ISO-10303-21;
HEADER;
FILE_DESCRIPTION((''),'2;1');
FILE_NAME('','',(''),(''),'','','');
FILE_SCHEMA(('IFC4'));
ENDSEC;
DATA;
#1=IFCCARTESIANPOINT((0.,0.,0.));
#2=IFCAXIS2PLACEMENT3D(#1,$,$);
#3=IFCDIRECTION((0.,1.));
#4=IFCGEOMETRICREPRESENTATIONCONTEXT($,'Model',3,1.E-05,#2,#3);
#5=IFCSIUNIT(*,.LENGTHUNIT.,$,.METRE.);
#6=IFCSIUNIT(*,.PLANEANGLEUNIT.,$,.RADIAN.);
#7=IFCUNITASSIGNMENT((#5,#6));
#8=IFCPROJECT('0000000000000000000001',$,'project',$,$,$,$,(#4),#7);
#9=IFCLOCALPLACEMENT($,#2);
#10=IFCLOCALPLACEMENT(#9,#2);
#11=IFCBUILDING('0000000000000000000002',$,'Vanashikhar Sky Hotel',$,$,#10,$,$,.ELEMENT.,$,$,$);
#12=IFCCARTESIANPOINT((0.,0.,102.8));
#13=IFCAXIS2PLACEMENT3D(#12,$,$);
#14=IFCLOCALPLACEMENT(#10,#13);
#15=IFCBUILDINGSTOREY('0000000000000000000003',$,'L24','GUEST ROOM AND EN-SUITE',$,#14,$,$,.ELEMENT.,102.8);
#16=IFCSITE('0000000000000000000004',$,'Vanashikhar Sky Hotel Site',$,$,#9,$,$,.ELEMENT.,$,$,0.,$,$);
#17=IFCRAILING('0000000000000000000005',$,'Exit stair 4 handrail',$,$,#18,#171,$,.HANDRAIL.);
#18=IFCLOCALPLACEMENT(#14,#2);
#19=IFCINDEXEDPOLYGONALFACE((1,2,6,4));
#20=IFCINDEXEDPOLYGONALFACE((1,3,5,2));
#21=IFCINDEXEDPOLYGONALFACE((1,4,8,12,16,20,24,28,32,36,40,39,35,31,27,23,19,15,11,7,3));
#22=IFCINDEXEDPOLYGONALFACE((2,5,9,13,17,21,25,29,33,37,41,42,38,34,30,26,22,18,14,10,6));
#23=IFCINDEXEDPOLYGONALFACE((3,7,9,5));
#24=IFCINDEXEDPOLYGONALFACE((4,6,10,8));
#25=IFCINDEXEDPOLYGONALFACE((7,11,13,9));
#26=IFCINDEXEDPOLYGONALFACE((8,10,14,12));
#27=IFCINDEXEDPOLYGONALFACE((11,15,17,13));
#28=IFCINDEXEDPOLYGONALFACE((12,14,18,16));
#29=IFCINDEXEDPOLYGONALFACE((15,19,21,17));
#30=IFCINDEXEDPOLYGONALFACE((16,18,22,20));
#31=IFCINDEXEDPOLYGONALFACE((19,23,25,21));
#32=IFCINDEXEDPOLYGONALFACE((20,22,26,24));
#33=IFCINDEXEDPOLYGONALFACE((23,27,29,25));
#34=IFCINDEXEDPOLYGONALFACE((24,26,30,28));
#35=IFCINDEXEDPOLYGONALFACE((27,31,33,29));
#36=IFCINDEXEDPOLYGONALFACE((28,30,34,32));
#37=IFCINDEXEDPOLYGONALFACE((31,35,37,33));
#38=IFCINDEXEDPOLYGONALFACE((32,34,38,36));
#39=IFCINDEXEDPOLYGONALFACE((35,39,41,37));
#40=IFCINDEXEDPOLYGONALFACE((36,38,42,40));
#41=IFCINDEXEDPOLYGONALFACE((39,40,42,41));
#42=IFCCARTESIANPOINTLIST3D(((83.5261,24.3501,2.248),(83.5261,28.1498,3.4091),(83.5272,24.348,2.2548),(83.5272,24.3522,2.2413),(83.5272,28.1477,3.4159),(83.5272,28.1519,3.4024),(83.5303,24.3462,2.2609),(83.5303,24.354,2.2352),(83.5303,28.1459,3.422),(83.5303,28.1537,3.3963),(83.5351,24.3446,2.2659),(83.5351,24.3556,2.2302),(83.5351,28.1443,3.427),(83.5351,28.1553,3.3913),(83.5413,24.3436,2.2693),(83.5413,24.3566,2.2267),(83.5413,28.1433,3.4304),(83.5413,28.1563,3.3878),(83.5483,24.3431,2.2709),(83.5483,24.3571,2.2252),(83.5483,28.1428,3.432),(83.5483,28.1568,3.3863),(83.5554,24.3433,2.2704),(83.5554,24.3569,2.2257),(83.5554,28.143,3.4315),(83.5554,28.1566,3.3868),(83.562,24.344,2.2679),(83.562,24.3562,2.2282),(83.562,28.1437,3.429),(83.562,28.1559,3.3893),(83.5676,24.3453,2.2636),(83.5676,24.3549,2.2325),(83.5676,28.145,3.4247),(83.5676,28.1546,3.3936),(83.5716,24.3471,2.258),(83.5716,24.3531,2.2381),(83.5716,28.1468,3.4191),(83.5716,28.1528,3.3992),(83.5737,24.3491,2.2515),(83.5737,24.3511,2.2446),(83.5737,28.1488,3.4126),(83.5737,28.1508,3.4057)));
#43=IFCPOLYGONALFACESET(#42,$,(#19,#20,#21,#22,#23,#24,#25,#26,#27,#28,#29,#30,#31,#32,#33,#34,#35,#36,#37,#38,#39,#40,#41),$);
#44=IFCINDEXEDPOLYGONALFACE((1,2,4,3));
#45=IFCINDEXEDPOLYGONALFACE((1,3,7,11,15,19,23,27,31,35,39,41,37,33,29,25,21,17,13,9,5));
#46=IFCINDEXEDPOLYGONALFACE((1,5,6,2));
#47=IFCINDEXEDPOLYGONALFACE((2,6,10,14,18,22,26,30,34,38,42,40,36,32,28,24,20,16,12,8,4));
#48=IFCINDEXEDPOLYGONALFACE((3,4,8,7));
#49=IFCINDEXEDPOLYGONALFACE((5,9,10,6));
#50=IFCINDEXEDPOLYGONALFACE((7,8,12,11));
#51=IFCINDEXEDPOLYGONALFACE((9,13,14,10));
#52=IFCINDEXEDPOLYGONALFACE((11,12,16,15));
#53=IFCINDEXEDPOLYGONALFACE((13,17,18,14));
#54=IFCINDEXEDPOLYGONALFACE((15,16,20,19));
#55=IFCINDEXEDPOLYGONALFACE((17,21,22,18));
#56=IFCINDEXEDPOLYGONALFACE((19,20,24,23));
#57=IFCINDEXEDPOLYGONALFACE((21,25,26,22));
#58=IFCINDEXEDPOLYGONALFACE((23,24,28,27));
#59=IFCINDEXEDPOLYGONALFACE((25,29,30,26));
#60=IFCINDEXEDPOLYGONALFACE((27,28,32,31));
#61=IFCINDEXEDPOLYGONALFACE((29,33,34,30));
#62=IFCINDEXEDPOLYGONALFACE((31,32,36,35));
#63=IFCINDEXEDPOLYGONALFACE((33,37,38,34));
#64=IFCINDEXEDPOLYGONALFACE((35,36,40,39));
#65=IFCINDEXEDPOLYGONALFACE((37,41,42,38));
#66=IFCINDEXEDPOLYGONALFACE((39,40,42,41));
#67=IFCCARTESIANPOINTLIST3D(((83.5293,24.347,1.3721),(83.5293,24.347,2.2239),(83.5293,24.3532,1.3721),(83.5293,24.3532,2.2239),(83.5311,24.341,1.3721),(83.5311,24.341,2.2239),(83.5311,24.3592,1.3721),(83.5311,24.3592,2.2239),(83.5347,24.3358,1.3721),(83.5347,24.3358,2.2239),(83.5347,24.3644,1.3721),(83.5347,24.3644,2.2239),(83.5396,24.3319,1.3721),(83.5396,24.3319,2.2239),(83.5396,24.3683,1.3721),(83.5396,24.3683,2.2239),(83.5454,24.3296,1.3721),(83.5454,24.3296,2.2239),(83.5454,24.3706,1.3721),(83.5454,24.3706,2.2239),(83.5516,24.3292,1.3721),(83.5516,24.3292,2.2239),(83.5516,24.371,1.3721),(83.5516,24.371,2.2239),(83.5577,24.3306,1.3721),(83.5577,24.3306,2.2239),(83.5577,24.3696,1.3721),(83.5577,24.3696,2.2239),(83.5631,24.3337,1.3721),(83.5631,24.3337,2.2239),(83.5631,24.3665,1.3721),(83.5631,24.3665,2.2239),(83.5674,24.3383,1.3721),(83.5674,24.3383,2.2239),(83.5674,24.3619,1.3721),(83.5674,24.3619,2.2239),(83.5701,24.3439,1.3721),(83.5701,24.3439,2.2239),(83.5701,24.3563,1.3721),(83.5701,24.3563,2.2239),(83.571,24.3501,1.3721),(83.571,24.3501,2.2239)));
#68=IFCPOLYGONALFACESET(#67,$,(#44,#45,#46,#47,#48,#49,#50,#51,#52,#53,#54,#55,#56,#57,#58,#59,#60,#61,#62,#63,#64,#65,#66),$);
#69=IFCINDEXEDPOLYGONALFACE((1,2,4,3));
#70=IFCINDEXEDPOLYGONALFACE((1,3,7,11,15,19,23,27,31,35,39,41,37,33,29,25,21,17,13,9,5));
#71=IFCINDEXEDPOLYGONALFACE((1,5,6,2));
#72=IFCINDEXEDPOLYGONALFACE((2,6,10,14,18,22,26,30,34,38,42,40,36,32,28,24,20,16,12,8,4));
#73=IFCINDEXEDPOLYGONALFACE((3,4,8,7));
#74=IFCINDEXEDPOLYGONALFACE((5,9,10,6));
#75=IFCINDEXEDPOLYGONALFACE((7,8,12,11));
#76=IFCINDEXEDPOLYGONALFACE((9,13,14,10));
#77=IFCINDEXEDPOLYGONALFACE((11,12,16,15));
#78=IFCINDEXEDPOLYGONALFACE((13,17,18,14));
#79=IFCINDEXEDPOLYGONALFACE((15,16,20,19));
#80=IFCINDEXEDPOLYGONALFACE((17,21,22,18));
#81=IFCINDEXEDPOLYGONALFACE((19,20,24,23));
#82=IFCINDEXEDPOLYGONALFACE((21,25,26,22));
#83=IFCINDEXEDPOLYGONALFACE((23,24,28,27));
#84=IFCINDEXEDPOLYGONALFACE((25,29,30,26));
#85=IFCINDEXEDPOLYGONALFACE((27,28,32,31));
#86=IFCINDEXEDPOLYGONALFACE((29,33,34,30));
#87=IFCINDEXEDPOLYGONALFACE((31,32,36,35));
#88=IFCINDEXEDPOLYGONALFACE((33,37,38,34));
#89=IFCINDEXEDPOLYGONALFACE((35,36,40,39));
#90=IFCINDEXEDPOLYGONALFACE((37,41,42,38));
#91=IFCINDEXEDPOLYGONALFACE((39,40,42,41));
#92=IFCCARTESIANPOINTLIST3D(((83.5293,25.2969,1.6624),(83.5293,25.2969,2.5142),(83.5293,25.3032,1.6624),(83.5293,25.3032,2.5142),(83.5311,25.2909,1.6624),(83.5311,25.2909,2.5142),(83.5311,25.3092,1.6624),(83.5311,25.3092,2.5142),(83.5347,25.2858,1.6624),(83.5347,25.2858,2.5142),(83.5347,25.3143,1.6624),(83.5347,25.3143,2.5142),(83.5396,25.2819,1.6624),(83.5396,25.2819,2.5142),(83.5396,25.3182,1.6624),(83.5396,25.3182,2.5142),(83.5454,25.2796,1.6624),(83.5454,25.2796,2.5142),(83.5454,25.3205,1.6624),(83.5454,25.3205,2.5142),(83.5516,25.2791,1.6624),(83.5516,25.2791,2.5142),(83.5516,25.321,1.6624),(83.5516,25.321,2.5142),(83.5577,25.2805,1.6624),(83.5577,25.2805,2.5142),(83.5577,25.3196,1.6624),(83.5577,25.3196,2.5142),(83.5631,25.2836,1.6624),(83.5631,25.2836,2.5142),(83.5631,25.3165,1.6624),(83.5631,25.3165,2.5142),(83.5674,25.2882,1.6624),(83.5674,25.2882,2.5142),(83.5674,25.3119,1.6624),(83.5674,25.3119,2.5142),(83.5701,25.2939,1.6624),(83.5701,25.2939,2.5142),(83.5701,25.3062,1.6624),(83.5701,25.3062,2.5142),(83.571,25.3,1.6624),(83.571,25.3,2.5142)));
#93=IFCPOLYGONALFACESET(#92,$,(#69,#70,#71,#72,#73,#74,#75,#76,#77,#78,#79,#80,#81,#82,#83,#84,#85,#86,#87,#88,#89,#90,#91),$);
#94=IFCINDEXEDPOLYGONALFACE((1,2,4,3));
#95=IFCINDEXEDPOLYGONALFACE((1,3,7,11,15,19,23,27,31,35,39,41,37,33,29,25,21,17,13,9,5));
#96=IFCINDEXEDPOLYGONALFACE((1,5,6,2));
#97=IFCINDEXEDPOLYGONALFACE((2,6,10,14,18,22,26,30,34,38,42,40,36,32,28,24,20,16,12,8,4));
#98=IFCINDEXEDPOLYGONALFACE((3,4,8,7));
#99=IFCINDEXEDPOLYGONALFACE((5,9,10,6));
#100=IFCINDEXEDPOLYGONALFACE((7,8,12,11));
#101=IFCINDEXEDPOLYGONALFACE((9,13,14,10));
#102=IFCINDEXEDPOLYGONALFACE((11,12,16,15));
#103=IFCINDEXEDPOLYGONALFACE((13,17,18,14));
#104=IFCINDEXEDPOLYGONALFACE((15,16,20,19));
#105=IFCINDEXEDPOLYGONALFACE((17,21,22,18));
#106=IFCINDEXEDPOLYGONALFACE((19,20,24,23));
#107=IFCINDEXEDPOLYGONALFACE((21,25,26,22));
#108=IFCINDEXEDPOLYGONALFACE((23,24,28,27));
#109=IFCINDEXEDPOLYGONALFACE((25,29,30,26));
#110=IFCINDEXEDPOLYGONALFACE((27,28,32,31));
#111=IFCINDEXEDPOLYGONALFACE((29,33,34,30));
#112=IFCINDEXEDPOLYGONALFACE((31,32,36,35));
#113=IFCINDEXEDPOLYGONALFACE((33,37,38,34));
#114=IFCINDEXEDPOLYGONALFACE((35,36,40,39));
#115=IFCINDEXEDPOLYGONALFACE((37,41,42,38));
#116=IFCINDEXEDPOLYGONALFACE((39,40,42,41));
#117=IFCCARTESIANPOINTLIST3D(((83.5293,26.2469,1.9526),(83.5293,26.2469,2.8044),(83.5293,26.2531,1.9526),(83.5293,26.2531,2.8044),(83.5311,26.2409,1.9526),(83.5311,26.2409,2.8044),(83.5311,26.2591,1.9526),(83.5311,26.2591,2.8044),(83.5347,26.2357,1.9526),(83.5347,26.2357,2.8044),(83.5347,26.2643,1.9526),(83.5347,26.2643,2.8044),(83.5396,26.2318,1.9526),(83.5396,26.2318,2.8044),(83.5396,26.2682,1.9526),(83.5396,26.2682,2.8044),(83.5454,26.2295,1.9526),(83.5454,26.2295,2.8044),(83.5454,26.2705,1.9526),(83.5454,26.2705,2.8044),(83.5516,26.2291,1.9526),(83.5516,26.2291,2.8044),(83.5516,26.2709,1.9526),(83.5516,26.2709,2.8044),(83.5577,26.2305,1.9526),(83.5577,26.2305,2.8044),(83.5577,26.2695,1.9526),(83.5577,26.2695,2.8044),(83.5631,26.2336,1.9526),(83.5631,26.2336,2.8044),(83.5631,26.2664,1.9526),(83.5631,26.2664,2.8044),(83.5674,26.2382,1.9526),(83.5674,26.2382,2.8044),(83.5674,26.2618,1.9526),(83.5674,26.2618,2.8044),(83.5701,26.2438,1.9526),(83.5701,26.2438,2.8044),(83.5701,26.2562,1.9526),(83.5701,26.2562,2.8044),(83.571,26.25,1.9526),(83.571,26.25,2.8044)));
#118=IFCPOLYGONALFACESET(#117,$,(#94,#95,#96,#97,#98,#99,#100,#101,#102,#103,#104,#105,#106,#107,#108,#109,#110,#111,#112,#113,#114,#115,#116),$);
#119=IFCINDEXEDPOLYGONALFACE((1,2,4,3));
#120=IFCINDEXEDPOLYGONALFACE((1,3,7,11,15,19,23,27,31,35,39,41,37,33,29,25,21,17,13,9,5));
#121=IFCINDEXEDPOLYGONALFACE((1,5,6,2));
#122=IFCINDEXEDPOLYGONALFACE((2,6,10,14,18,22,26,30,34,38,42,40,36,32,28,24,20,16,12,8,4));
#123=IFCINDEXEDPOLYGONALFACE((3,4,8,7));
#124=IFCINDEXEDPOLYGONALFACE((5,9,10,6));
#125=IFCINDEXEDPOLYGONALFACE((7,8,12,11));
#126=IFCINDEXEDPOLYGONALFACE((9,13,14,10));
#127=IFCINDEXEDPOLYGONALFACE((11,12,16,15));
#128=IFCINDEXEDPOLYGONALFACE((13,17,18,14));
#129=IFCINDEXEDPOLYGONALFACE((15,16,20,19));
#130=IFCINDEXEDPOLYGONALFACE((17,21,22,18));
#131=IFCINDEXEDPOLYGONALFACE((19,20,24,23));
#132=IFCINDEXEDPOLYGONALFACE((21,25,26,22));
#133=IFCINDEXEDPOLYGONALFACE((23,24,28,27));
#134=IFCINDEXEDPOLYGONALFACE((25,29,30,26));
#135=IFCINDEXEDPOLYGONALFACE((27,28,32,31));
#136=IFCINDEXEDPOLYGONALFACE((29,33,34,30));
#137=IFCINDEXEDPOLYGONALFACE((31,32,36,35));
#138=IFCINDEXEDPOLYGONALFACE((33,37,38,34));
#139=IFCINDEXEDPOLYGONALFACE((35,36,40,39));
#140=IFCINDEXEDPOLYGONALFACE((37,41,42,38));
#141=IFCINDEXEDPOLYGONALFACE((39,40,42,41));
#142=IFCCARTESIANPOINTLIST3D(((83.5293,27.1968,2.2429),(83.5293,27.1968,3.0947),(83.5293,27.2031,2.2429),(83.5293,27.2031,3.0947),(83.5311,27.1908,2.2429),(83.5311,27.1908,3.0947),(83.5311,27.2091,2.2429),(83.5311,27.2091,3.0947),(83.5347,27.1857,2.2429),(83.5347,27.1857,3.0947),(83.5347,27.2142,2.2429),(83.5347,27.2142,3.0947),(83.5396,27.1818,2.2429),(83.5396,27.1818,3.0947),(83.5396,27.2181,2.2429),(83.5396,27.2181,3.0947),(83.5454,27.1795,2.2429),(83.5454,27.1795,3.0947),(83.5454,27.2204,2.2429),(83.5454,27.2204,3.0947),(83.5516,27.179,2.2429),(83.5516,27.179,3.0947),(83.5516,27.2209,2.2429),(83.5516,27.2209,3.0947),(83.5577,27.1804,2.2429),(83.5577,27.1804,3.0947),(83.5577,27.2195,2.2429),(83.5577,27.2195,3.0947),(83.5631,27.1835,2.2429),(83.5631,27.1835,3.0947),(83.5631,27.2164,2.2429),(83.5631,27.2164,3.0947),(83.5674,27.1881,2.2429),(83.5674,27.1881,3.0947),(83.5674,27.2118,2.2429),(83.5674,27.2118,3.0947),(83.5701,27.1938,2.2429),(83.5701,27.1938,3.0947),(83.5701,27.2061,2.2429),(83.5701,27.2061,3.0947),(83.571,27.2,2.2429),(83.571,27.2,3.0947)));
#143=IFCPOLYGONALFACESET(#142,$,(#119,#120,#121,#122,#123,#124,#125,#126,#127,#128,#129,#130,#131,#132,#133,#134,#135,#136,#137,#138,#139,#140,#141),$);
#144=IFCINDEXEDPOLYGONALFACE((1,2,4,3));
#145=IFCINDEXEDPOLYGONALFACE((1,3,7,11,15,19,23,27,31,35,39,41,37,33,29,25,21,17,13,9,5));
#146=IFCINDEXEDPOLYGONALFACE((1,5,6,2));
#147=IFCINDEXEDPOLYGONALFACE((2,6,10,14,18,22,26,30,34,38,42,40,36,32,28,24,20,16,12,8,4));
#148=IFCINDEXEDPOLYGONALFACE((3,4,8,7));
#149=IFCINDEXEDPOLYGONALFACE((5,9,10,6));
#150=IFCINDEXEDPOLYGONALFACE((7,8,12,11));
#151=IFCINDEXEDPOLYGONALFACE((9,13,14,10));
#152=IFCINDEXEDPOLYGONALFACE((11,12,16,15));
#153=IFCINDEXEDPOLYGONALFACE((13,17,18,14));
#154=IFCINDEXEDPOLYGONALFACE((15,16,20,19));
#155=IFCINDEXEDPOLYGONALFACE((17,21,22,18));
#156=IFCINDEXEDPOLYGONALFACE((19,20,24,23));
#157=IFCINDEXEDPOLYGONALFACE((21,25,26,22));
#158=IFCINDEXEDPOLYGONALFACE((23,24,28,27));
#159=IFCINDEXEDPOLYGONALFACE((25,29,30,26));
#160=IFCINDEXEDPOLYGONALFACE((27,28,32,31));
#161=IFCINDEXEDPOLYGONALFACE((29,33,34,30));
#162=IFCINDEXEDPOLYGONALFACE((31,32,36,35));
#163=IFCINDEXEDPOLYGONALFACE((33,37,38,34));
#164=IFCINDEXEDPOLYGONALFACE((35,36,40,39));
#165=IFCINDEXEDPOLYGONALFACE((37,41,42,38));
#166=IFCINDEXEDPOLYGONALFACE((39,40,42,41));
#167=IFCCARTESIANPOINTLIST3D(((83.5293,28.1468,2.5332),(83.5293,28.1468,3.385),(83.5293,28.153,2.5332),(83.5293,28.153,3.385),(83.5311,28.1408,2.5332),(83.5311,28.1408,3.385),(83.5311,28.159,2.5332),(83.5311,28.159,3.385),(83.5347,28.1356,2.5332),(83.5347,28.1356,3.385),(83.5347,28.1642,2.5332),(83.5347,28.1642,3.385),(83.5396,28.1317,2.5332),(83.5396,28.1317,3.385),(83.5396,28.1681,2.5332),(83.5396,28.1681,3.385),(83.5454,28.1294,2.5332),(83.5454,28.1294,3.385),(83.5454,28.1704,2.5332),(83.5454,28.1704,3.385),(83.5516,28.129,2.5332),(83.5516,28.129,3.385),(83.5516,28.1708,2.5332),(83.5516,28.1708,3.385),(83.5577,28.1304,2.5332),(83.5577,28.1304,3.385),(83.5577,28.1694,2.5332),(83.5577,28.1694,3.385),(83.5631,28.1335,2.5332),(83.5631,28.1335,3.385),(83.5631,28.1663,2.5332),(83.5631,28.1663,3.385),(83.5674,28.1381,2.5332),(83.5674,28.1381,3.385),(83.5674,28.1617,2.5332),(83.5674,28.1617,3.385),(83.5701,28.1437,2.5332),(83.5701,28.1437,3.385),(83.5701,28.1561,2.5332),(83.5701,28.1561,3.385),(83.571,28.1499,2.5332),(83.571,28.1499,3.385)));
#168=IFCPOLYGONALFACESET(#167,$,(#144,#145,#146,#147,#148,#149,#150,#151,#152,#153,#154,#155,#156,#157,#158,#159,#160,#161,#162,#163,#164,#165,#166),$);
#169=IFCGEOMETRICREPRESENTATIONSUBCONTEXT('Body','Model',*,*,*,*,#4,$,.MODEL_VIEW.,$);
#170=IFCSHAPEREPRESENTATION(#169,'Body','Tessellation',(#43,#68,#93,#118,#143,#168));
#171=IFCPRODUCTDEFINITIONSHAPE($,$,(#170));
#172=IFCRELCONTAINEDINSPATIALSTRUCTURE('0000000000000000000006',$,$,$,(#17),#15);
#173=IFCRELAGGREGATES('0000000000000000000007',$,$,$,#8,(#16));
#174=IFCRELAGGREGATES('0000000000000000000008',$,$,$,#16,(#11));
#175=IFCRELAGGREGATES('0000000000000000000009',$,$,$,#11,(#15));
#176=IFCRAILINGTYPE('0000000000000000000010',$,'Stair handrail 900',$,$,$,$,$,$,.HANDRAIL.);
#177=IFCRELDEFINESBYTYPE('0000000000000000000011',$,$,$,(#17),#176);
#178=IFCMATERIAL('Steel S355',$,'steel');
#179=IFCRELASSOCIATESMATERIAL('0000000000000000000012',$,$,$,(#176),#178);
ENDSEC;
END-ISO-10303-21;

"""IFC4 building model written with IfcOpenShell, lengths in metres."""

from ifc_helpers import new_model, si_unit, direction, frame, origin, origin_2d, place, context, subcontext, project, spatial, circle, extrude, source, transform, mapped, material, type_object, element, save


model = new_model("IFC4")

# Units and contexts
model_context = context("Model", 3, precision=1e-05, world=origin(), true_north=direction((0.0, 1.0)))
body_context = subcontext(model_context, "Body", "Model", "MODEL_VIEW")
ifc_project = project(units=[si_unit("LENGTHUNIT", "METRE"), si_unit("PLANEANGLEUNIT", "RADIAN")], contexts=[model_context])

# Site, building, storey
site_placement = place(None, origin())
site = spatial("IfcSite", under=ifc_project, at=site_placement, Name="Vanashikhar Sky Hotel Site", CompositionType="ELEMENT", RefElevation=0.0)
building_placement = place(site_placement, origin())
building = spatial("IfcBuilding", under=site, at=building_placement, Name="Vanashikhar Sky Hotel", CompositionType="ELEMENT")
storey_placement = place(building_placement, frame((0.0, 0.0, 102.8)))
storey = spatial("IfcBuildingStorey", under=building, at=storey_placement, Name="L24", Description="GUEST ROOM AND EN-SUITE", CompositionType="ELEMENT", Elevation=102.8)

# Railing
ifc_material_1 = material(Name="Steel S355", Category="steel")
railing_type_1 = type_object("IfcRailingType", Name="Stair handrail 900", PredefinedType="HANDRAIL", material=ifc_material_1)
shared_shape_1 = source(origin(), body_context, "Body", "SweptSolid", [
    extrude(circle(Radius=0.0239, at=origin_2d()), frame((0.0, 0.0, 0.876), z_axis=(0.0, 0.956346, 0.292237), x_axis=(-1.0, 0.0, 0.0)), (0.0, 0.0, 1.0), 3.9731),
    extrude(circle(Radius=0.021, at=origin_2d()), origin(), (0.0, 0.0, 1.0), 0.8518),
    extrude(circle(Radius=0.021, at=origin_2d()), frame((0.0, 0.95, 0.2903)), (0.0, 0.0, 1.0), 0.8518),
    extrude(circle(Radius=0.021, at=origin_2d()), frame((0.0, 1.8999, 0.5806)), (0.0, 0.0, 1.0), 0.8518),
    extrude(circle(Radius=0.021, at=origin_2d()), frame((0.0, 2.8499, 0.8708)), (0.0, 0.0, 1.0), 0.8518),
    extrude(circle(Radius=0.021, at=origin_2d()), frame((0.0, 3.7998, 1.1611)), (0.0, 0.0, 1.0), 0.8518),
])
railing_1_placement = place(storey_placement, frame((83.55, 24.3501, 1.3721)))
element("IfcRailing", 1, at=railing_1_placement, inside=storey, type_object=railing_type_1, Name="Exit stair 4 handrail", PredefinedType="HANDRAIL", context=body_context, shape_type="MappedRepresentation", body=[
    mapped(shared_shape_1, transform((0.0, 0.0, 0.0), scale=1.0)),
])

save(model, "model.ifc")
